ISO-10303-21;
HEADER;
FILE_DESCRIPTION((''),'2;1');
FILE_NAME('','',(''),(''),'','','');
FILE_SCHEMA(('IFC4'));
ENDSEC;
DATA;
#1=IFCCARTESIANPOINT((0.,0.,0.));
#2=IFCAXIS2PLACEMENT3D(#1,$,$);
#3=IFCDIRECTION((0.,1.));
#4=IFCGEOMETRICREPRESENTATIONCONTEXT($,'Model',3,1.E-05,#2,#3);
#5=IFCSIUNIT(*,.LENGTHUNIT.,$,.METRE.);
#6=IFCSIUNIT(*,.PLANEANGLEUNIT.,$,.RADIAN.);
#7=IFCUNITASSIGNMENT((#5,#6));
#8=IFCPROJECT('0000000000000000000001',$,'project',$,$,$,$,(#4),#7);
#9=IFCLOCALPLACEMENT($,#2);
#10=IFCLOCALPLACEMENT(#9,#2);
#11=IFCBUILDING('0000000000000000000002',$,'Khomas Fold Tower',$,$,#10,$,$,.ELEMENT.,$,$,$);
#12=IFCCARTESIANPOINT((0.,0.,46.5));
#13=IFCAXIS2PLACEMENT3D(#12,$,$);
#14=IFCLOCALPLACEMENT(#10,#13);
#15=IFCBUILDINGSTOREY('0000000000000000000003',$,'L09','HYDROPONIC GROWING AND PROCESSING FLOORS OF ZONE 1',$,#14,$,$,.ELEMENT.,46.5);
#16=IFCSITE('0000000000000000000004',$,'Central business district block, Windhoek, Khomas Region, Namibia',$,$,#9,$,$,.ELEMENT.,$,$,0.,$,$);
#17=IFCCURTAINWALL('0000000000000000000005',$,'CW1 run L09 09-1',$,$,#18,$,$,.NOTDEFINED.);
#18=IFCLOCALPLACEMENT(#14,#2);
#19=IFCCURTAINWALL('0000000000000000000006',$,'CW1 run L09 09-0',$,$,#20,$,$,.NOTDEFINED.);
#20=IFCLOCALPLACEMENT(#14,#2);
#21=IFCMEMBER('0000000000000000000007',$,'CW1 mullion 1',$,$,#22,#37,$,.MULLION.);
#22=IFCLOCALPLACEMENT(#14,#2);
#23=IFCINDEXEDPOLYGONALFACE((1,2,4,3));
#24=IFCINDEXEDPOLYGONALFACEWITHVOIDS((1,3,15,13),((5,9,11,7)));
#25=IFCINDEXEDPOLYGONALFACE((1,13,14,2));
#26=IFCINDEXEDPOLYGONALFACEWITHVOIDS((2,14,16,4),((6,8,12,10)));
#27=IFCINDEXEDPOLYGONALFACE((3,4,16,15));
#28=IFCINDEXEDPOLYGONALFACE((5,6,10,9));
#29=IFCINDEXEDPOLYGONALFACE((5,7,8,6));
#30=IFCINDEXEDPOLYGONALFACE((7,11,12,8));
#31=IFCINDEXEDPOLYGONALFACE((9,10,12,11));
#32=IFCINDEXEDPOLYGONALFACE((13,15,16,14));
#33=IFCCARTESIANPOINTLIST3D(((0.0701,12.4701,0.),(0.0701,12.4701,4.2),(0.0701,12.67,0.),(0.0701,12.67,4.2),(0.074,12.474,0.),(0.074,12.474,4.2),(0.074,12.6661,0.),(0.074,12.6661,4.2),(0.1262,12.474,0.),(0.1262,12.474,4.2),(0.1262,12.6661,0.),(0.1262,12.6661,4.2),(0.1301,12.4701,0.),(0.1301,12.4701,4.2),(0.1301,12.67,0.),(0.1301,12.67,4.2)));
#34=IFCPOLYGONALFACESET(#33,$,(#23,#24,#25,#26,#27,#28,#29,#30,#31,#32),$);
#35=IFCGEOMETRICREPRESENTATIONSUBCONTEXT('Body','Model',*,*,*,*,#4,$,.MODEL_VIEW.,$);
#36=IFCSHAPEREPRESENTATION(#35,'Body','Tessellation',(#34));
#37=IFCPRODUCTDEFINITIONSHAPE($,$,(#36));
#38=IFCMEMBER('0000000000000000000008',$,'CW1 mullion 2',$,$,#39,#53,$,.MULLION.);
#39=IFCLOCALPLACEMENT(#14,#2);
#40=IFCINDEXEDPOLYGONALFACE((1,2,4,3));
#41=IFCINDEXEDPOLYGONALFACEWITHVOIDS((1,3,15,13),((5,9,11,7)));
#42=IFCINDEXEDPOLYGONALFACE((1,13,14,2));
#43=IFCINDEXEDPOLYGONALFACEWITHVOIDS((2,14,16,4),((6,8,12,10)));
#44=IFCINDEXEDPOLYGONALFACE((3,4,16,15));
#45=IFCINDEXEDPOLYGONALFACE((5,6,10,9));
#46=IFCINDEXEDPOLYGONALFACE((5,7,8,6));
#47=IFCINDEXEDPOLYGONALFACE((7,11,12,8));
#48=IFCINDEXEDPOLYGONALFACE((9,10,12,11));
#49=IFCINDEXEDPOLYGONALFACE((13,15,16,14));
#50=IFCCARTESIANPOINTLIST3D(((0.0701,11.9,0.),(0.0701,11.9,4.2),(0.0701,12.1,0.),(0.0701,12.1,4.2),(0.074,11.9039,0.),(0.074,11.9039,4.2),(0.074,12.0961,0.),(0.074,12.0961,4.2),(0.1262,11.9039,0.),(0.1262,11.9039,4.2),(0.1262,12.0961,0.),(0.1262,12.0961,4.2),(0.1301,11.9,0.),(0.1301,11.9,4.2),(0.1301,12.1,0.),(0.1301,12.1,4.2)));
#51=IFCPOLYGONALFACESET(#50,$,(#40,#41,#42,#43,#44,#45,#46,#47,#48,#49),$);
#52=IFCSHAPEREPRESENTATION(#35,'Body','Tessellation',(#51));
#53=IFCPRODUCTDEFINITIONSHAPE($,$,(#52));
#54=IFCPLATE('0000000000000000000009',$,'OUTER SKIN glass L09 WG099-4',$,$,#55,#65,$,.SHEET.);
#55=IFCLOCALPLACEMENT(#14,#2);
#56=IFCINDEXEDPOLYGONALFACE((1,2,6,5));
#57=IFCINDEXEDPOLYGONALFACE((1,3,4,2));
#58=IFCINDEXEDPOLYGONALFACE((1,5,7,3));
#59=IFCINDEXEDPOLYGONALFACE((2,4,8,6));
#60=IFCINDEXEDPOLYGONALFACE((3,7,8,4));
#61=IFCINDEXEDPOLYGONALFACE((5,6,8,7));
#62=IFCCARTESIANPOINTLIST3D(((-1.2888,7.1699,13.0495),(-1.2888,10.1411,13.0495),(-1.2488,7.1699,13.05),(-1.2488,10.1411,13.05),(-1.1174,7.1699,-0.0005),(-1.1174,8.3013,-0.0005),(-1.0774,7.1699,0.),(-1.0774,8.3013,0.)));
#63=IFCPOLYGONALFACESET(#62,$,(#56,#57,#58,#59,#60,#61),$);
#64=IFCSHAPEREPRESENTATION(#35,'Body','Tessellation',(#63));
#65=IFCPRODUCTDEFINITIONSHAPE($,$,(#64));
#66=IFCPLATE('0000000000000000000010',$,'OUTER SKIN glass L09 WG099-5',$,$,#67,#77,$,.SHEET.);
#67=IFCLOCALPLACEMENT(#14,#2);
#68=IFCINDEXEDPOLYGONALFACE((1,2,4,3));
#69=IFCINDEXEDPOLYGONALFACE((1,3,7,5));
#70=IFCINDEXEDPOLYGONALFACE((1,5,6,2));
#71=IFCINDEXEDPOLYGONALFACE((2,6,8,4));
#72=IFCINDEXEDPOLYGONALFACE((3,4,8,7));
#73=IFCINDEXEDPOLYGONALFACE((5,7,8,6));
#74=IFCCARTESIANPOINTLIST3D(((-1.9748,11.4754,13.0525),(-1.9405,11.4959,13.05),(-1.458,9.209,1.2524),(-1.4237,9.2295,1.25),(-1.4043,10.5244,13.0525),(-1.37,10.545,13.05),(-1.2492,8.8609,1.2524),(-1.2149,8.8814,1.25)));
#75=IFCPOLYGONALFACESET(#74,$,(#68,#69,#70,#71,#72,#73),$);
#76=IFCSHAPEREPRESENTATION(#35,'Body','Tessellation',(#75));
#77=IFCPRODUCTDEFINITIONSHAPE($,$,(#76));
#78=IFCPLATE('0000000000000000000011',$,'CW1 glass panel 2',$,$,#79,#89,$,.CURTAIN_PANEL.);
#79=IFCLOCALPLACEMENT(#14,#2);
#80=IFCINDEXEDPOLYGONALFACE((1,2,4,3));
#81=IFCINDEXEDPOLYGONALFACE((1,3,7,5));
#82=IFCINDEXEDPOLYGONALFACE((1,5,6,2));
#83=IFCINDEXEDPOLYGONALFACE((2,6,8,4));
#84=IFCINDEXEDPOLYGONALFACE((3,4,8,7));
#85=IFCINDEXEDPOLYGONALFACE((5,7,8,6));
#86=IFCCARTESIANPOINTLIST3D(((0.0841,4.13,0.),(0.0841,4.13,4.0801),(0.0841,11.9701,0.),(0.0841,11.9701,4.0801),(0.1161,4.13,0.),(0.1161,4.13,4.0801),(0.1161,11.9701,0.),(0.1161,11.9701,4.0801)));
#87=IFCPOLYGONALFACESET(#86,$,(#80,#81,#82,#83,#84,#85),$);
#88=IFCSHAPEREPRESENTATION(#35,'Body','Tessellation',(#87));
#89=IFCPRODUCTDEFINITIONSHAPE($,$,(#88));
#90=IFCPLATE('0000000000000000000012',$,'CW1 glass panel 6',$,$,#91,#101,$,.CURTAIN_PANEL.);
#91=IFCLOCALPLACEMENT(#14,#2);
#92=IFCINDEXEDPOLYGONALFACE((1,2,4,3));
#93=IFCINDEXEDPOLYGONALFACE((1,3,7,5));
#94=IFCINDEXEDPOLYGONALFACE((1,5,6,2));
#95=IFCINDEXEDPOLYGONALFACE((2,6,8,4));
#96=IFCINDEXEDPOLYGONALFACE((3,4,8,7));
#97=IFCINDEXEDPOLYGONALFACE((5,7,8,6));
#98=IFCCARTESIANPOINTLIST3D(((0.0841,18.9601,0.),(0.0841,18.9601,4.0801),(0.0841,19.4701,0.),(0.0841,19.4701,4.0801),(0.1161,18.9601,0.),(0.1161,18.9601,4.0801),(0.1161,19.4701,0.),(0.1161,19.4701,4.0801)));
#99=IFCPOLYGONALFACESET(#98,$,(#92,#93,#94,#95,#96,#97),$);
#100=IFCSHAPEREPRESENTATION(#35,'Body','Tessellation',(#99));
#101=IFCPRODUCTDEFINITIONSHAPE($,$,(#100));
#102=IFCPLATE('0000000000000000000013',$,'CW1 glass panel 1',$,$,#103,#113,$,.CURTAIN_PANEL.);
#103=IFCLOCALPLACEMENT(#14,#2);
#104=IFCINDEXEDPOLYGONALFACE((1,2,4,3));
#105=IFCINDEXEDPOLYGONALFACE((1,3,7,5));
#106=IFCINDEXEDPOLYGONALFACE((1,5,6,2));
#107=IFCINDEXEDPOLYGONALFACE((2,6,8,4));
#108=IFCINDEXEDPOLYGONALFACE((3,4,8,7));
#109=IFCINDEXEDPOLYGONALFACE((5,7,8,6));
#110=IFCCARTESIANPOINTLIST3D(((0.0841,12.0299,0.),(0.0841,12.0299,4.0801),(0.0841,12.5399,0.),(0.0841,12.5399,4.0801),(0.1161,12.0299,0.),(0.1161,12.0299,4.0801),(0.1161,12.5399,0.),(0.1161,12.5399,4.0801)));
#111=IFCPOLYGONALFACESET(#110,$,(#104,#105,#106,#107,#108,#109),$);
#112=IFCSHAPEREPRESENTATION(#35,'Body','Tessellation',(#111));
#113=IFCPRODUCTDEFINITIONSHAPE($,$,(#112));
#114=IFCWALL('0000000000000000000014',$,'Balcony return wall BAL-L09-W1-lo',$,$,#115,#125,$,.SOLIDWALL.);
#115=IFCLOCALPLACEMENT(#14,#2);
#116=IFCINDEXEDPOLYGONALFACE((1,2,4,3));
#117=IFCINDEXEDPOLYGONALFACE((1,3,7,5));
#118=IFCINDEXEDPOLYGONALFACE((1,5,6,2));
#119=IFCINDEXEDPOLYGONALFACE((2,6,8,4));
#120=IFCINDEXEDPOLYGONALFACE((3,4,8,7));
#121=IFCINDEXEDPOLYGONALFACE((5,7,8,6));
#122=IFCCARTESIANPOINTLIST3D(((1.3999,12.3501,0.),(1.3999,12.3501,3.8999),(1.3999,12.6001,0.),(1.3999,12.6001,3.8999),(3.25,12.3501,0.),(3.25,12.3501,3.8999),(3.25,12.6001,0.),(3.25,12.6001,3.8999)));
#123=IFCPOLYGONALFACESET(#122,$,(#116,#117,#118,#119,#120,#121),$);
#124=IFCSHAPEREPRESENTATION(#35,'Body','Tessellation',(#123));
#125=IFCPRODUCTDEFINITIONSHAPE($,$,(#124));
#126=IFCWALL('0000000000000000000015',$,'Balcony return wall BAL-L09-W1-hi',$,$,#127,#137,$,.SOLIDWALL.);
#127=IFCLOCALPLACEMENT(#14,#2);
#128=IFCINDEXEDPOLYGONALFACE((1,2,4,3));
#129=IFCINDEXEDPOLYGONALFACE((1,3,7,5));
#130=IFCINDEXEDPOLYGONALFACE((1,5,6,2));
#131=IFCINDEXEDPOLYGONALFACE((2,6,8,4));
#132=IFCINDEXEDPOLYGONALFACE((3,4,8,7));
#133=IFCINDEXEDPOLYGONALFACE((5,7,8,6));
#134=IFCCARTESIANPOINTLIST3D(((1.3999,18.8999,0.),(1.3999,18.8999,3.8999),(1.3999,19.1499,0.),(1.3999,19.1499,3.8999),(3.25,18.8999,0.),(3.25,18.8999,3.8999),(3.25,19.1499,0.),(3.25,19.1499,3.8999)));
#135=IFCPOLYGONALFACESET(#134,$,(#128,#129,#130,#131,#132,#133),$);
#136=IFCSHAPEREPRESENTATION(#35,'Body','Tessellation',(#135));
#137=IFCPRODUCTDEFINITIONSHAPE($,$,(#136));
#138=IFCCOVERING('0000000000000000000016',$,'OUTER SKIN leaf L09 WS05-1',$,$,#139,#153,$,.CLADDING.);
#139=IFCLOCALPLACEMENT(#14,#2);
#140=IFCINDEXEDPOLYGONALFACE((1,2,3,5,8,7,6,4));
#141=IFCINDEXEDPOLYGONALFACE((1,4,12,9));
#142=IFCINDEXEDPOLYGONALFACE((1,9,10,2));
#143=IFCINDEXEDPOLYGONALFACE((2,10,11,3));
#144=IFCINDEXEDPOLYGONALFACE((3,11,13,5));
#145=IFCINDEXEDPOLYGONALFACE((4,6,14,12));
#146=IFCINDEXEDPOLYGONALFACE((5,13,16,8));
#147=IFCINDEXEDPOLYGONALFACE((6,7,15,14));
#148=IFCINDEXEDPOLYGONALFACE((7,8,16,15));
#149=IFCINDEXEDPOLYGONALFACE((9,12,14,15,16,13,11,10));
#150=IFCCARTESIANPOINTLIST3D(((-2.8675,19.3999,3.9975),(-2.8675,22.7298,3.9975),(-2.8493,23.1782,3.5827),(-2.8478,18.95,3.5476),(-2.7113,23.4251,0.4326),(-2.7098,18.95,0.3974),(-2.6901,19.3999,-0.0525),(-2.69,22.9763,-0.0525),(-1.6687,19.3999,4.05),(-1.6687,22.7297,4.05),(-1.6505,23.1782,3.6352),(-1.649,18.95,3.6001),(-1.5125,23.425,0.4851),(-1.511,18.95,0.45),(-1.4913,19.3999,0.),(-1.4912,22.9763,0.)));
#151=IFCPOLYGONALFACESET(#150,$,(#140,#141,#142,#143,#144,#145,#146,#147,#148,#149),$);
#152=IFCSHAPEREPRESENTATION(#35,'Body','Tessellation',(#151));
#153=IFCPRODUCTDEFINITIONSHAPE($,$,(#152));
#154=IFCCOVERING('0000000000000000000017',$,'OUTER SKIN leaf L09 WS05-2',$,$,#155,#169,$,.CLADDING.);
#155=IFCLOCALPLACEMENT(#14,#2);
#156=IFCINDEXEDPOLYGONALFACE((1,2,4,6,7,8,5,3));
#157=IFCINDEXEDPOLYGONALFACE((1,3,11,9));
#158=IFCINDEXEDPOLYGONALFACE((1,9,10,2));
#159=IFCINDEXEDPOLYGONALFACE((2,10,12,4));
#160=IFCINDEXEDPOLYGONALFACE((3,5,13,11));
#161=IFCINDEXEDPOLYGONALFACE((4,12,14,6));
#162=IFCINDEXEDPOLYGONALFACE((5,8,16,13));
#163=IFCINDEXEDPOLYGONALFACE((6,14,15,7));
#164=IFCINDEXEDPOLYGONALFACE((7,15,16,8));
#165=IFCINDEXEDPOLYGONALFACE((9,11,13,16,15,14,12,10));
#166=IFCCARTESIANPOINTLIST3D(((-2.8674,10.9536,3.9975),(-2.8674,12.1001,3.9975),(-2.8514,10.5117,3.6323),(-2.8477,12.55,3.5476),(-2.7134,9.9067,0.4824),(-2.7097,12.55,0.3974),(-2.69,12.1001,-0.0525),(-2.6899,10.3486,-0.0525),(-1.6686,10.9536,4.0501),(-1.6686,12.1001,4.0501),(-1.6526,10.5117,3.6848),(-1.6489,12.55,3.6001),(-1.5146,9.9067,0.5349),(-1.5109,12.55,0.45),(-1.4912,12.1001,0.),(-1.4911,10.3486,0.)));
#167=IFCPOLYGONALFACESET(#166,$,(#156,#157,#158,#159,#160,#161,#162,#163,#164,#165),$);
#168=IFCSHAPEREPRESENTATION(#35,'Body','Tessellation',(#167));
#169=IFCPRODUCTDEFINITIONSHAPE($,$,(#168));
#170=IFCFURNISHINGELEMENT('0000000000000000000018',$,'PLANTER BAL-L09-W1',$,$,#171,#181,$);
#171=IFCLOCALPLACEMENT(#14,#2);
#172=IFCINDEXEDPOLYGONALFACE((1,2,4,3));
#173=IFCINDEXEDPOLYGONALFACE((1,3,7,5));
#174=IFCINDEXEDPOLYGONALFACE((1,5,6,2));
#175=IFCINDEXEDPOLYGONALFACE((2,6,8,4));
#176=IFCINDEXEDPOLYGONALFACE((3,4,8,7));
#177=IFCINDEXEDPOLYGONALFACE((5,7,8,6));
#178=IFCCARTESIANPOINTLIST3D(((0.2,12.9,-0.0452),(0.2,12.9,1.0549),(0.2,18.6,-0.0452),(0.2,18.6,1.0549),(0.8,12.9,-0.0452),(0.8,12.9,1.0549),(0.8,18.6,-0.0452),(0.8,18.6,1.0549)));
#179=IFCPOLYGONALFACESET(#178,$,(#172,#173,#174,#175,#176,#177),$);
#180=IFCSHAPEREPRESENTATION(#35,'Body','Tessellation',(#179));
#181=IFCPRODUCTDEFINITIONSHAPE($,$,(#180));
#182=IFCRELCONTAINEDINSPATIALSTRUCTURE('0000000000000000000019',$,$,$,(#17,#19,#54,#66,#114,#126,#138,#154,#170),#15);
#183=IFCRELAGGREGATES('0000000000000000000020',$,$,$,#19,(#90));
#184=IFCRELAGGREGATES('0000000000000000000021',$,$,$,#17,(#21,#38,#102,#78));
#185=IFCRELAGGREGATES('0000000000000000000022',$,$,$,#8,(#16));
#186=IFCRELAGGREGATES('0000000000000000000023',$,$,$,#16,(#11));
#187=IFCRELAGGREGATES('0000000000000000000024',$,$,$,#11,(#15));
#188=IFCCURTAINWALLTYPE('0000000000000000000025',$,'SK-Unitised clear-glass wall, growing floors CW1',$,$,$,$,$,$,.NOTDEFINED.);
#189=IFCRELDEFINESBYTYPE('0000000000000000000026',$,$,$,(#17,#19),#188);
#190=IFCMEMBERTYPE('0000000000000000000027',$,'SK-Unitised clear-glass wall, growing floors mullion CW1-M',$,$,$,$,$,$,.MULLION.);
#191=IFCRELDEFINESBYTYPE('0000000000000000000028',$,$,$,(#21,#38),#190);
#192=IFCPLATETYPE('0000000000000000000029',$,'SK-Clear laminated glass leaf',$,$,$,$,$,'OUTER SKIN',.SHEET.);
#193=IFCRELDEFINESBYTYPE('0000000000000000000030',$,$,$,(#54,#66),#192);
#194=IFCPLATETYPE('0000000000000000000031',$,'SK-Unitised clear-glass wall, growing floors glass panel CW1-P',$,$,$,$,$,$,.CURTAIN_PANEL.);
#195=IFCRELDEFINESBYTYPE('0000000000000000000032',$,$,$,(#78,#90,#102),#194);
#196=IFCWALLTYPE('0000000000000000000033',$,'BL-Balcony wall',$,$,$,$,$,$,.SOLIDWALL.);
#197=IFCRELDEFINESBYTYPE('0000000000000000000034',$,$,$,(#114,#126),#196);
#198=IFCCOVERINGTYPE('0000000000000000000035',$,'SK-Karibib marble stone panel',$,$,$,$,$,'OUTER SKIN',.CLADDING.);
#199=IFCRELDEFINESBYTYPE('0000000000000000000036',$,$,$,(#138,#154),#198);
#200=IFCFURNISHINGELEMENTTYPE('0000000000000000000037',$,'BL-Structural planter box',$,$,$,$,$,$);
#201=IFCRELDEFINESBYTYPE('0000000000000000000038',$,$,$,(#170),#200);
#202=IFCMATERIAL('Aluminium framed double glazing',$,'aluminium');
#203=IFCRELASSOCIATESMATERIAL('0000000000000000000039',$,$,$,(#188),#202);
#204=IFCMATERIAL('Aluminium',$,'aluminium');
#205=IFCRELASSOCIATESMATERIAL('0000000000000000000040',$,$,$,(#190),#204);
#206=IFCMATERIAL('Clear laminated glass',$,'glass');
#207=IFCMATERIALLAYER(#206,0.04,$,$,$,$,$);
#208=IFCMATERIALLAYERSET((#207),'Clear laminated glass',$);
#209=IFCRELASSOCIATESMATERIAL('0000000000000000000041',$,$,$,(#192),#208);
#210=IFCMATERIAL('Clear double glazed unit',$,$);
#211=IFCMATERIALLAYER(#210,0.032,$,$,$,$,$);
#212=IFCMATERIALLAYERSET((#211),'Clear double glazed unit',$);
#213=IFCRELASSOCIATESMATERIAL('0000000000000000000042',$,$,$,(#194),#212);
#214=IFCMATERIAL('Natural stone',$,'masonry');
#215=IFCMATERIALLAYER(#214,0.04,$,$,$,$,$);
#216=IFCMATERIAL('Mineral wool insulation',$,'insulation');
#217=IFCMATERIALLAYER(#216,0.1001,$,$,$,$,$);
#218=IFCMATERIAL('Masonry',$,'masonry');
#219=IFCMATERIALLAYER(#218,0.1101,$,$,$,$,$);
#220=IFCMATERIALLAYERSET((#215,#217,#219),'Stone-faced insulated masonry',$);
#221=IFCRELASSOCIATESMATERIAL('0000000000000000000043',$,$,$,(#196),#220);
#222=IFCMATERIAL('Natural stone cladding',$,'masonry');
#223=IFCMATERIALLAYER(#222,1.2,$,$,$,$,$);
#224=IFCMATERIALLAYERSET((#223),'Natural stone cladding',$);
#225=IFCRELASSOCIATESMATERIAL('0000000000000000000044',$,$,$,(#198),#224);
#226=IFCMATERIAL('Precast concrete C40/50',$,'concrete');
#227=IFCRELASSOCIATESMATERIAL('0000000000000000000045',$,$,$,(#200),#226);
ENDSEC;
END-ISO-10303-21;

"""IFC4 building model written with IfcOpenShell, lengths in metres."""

from ifc_helpers import new_model, si_unit, direction, frame, frame_2d, origin, origin_2d, place, context, subcontext, project, spatial, polyline, rectangle, hollow_rectangle, outline, extrude, source, transform, mapped, material, layer, layer_set, material_profile, profile_set, type_object, element, aggregate, save


model = new_model("IFC4")

# Units and contexts
model_context = context("Model", 3, precision=1e-05, world=origin(), true_north=direction((0.0, 1.0)))
body_context = subcontext(model_context, "Body", "Model", "MODEL_VIEW")
ifc_project = project(units=[si_unit("LENGTHUNIT", "METRE"), si_unit("PLANEANGLEUNIT", "RADIAN")], contexts=[model_context])

# Site, building, storey
site_placement = place(None, origin())
site = spatial("IfcSite", under=ifc_project, at=site_placement, Name="Central business district block, Windhoek, Khomas Region, Namibia", CompositionType="ELEMENT", RefElevation=0.0)
building_placement = place(site_placement, origin())
building = spatial("IfcBuilding", under=site, at=building_placement, Name="Khomas Fold Tower", CompositionType="ELEMENT")
storey_placement = place(building_placement, frame((0.0, 0.0, 46.5)))
storey = spatial("IfcBuildingStorey", under=building, at=storey_placement, Name="L09", Description="HYDROPONIC GROWING AND PROCESSING FLOORS OF ZONE 1", CompositionType="ELEMENT", Elevation=46.5)

# Curtain walls
ifc_material_1 = material(Name="Aluminium framed double glazing", Category="aluminium")
curtain_wall_type = type_object("IfcCurtainWallType", Name="SK-Unitised clear-glass wall, growing floors CW1", PredefinedType="NOTDEFINED", material=ifc_material_1)
curtain_wall_1_placement = place(storey_placement, origin())
curtain_wall_1 = element("IfcCurtainWall", 1, at=curtain_wall_1_placement, inside=storey, type_object=curtain_wall_type, Name="CW1 run L09 09-1", PredefinedType="NOTDEFINED")
curtain_wall_2_placement = place(storey_placement, origin())
curtain_wall_2 = element("IfcCurtainWall", 2, at=curtain_wall_2_placement, inside=storey, type_object=curtain_wall_type, Name="CW1 run L09 09-0", PredefinedType="NOTDEFINED")

# Members
ifc_material_2 = material(Name="Aluminium", Category="aluminium")
ifc_material_profile_1 = material_profile(ifc_material_2, hollow_rectangle(XDim=0.0601, YDim=0.2, WallThickness=0.0039, at=origin_2d()), Name="SK-Unitised clear-glass wall, growing floors mullion CW1-M")
ifc_profile_set_1 = profile_set([ifc_material_profile_1], Name="Aluminium")
member_type_1 = type_object("IfcMemberType", Name="SK-Unitised clear-glass wall, growing floors mullion CW1-M", PredefinedType="MULLION", material=ifc_profile_set_1)
shared_shape_1 = source(origin(), body_context, "Body", "SweptSolid", [
    extrude(hollow_rectangle(XDim=0.0601, YDim=0.2, WallThickness=0.0039, at=origin_2d()), origin(), (0.0, 0.0, 1.0), 4.2),
])
member_1_placement = place(storey_placement, frame((0.1001, 12.5701, 0.0), z_axis=(0.0, 0.0, 1.0), x_axis=(1.0, 0.0, 0.0)))
member_1 = element("IfcMember", 3, at=member_1_placement, type_object=member_type_1, Name="CW1 mullion 1", PredefinedType="MULLION", context=body_context, shape_type="MappedRepresentation", body=[
    mapped(shared_shape_1, transform((0.0, 0.0, 0.0))),
])
member_2_placement = place(storey_placement, frame((0.1001, 12.0, 0.0), z_axis=(0.0, 0.0, 1.0), x_axis=(1.0, 0.0, 0.0)))
member_2 = element("IfcMember", 4, at=member_2_placement, type_object=member_type_1, Name="CW1 mullion 2", PredefinedType="MULLION", context=body_context, shape_type="MappedRepresentation", body=[
    mapped(shared_shape_1, transform((0.0, 0.0, 0.0))),
])

# Plates
ifc_material_3 = material(Name="Clear laminated glass", Category="glass")
ifc_layer_1 = layer(ifc_material_3, 0.04)
ifc_layer_set_1 = layer_set([ifc_layer_1], Name="Clear laminated glass")
plate_type_1 = type_object("IfcPlateType", Name="SK-Clear laminated glass leaf", ElementType="OUTER SKIN", PredefinedType="SHEET", material=ifc_layer_set_1)
plate_1_placement = place(storey_placement, frame((-1.0774, 8.3013, 0.0), z_axis=(0.999914, 0.0, 0.013132), x_axis=(0.0, -1.0, 0.0)))
element("IfcPlate", 5, at=plate_1_placement, inside=storey, type_object=plate_type_1, Name="OUTER SKIN glass L09 WG099-4", PredefinedType="SHEET", context=body_context, shape_type="SweptSolid", body=[
    extrude(outline(polyline([(0.0, 0.0), (1.1313, 0.0), (1.1313, -13.0512), (-1.8398, -13.0512), (0.0, 0.0)])), origin(), (0.0, 0.0, -1.0), 0.04),
])
plate_2_placement = place(storey_placement, frame((-1.4043, 10.5244, 13.0525), z_axis=(-0.855932, -0.513462, 0.061135), x_axis=(-0.514425, 0.857535, -0.000005)))
element("IfcPlate", 6, at=plate_2_placement, inside=storey, type_object=plate_type_1, Name="OUTER SKIN glass L09 WG099-5", PredefinedType="SHEET", context=body_context, shape_type="SweptSolid", body=[
    extrude(outline(polyline([(0.0, 0.0), (1.109, 0.0), (-1.1003, 11.8222), (-1.5063, 11.8222), (0.0, 0.0)])), origin(), (0.0, 0.0, -1.0), 0.04),
])

# Plates
ifc_material_4 = material(Name="Clear double glazed unit")
ifc_layer_2 = layer(ifc_material_4, 0.032)
ifc_layer_set_2 = layer_set([ifc_layer_2], Name="Clear double glazed unit")
plate_type_2 = type_object("IfcPlateType", Name="SK-Unitised clear-glass wall, growing floors glass panel CW1-P", PredefinedType="CURTAIN_PANEL", material=ifc_layer_set_2)
shared_shape_2 = source(origin(), body_context, "Body", "SweptSolid", [
    extrude(rectangle(XDim=7.8401, YDim=0.032, at=origin_2d()), origin(), (0.0, 0.0, 1.0), 4.0801),
])
plate_3_placement = place(storey_placement, frame((0.1001, 8.05, 0.0), z_axis=(0.0, 0.0, 1.0), x_axis=(0.0, -1.0, 0.0)))
plate_3 = element("IfcPlate", 7, at=plate_3_placement, type_object=plate_type_2, Name="CW1 glass panel 2", PredefinedType="CURTAIN_PANEL", context=body_context, shape_type="MappedRepresentation", body=[
    mapped(shared_shape_2, transform((0.0, 0.0, 0.0))),
])
shared_shape_3 = source(origin(), body_context, "Body", "SweptSolid", [
    extrude(rectangle(XDim=0.51, YDim=0.032, at=origin_2d()), origin(), (0.0, 0.0, 1.0), 4.0801),
])
plate_4_placement = place(storey_placement, frame((0.1001, 19.2151, 0.0), z_axis=(0.0, 0.0, 1.0), x_axis=(0.0, -1.0, 0.0)))
plate_4 = element("IfcPlate", 8, at=plate_4_placement, type_object=plate_type_2, Name="CW1 glass panel 6", PredefinedType="CURTAIN_PANEL", context=body_context, shape_type="MappedRepresentation", body=[
    mapped(shared_shape_3, transform((0.0, 0.0, 0.0))),
])
aggregate(curtain_wall_2, [plate_4])
plate_5_placement = place(storey_placement, frame((0.1001, 12.2849, 0.0), z_axis=(0.0, 0.0, 1.0), x_axis=(0.0, -1.0, 0.0)))
plate_5 = element("IfcPlate", 9, at=plate_5_placement, type_object=plate_type_2, Name="CW1 glass panel 1", PredefinedType="CURTAIN_PANEL", context=body_context, shape_type="MappedRepresentation", body=[
    mapped(shared_shape_3, transform((0.0, 0.0, 0.0))),
])
aggregate(curtain_wall_1, [member_1, member_2, plate_5, plate_3])

# Walls
ifc_material_5 = material(Name="Natural stone", Category="masonry")
ifc_layer_3 = layer(ifc_material_5, 0.04)
ifc_material_6 = material(Name="Mineral wool insulation", Category="insulation")
ifc_layer_4 = layer(ifc_material_6, 0.1001)
ifc_material_7 = material(Name="Masonry", Category="masonry")
ifc_layer_5 = layer(ifc_material_7, 0.1101)
ifc_layer_set_3 = layer_set([ifc_layer_3, ifc_layer_4, ifc_layer_5], Name="Stone-faced insulated masonry")
wall_type = type_object("IfcWallType", Name="BL-Balcony wall", PredefinedType="SOLIDWALL", material=ifc_layer_set_3)
shared_shape_4 = source(origin(), body_context, "Body", "SweptSolid", [
    extrude(rectangle(XDim=1.8501, YDim=0.25, at=frame_2d((0.925, 0.0))), origin(), (0.0, 0.0, 1.0), 3.8999),
])
for number, where, z_axis, x_axis, name in (
    (10, (1.3999, 12.4751, 0.0), (0.0, 0.0, 1.0), (1.0, 0.0, 0.0), "Balcony return wall BAL-L09-W1-lo"),
    (11, (1.3999, 19.0249, 0.0), (0.0, 0.0, 1.0), (1.0, 0.0, 0.0), "Balcony return wall BAL-L09-W1-hi"),
):
    element("IfcWall", number, at=place(storey_placement, frame(where, z_axis=z_axis, x_axis=x_axis)), inside=storey, type_object=wall_type, Name=name, PredefinedType="SOLIDWALL", context=body_context, shape_type="MappedRepresentation", body=[
        mapped(shared_shape_4, transform((0.0, 0.0, 0.0))),
    ])

# Coverings
ifc_material_8 = material(Name="Natural stone cladding", Category="masonry")
ifc_layer_6 = layer(ifc_material_8, 1.2)
ifc_layer_set_4 = layer_set([ifc_layer_6], Name="Natural stone cladding")
covering_type = type_object("IfcCoveringType", Name="SK-Karibib marble stone panel", ElementType="OUTER SKIN", PredefinedType="CLADDING", material=ifc_layer_set_4)
covering_1_placement = place(storey_placement, frame((-1.511, 18.95, 0.45), z_axis=(0.999041, -0.000016, 0.043778), x_axis=(-0.043778, 0.0, 0.999041)))
element("IfcCovering", 12, at=covering_1_placement, inside=storey, type_object=covering_type, Name="OUTER SKIN leaf L09 WS05-1", PredefinedType="CLADDING", context=body_context, shape_type="SweptSolid", body=[
    extrude(outline(polyline([(0.0, 0.0), (3.1532, 0.0), (3.6036, -0.45), (3.6036, -3.7798), (3.1884, -4.2283), (0.0352, -4.4751), (-0.4504, -4.0264), (-0.4504, -0.45), (0.0, 0.0)])), origin(), (0.0, 0.0, -1.0), 1.2),
])
covering_2_placement = place(storey_placement, frame((-1.6489, 12.55, 3.6001), z_axis=(0.999041, 0.000022, 0.043773), x_axis=(0.043773, 0.0, -0.999041)))
element("IfcCovering", 13, at=covering_2_placement, inside=storey, type_object=covering_type, Name="OUTER SKIN leaf L09 WS05-2", PredefinedType="CLADDING", context=body_context, shape_type="SweptSolid", body=[
    extrude(outline(polyline([(0.0, 0.0), (3.1532, 0.0), (3.6036, -0.45), (3.6036, -2.2014), (3.0681, -2.6433), (-0.0848, -2.0383), (-0.4504, -1.5964), (-0.4504, -0.45), (0.0, 0.0)])), origin(), (0.0, 0.0, -1.0), 1.2),
])

# Furnishing element
ifc_material_9 = material(Name="Precast concrete C40/50", Category="concrete")
furnishing_element_type_1 = type_object("IfcFurnishingElementType", Name="BL-Structural planter box", material=ifc_material_9)
shared_shape_5 = source(origin(), body_context, "Body", "SweptSolid", [
    extrude(rectangle(XDim=5.7, YDim=0.6001, at=origin_2d()), origin(), (0.0, 0.0, 1.0), 1.1001),
])
furnishing_1_placement = place(storey_placement, frame((0.5, 15.75, -0.0452), z_axis=(0.0, 0.0, 1.0), x_axis=(0.0, 1.0, 0.0)))
element("IfcFurnishingElement", 14, at=furnishing_1_placement, inside=storey, type_object=furnishing_element_type_1, Name="PLANTER BAL-L09-W1", context=body_context, shape_type="MappedRepresentation", body=[
    mapped(shared_shape_5, transform((0.0, 0.0, 0.0))),
])

save(model, "model.ifc")
